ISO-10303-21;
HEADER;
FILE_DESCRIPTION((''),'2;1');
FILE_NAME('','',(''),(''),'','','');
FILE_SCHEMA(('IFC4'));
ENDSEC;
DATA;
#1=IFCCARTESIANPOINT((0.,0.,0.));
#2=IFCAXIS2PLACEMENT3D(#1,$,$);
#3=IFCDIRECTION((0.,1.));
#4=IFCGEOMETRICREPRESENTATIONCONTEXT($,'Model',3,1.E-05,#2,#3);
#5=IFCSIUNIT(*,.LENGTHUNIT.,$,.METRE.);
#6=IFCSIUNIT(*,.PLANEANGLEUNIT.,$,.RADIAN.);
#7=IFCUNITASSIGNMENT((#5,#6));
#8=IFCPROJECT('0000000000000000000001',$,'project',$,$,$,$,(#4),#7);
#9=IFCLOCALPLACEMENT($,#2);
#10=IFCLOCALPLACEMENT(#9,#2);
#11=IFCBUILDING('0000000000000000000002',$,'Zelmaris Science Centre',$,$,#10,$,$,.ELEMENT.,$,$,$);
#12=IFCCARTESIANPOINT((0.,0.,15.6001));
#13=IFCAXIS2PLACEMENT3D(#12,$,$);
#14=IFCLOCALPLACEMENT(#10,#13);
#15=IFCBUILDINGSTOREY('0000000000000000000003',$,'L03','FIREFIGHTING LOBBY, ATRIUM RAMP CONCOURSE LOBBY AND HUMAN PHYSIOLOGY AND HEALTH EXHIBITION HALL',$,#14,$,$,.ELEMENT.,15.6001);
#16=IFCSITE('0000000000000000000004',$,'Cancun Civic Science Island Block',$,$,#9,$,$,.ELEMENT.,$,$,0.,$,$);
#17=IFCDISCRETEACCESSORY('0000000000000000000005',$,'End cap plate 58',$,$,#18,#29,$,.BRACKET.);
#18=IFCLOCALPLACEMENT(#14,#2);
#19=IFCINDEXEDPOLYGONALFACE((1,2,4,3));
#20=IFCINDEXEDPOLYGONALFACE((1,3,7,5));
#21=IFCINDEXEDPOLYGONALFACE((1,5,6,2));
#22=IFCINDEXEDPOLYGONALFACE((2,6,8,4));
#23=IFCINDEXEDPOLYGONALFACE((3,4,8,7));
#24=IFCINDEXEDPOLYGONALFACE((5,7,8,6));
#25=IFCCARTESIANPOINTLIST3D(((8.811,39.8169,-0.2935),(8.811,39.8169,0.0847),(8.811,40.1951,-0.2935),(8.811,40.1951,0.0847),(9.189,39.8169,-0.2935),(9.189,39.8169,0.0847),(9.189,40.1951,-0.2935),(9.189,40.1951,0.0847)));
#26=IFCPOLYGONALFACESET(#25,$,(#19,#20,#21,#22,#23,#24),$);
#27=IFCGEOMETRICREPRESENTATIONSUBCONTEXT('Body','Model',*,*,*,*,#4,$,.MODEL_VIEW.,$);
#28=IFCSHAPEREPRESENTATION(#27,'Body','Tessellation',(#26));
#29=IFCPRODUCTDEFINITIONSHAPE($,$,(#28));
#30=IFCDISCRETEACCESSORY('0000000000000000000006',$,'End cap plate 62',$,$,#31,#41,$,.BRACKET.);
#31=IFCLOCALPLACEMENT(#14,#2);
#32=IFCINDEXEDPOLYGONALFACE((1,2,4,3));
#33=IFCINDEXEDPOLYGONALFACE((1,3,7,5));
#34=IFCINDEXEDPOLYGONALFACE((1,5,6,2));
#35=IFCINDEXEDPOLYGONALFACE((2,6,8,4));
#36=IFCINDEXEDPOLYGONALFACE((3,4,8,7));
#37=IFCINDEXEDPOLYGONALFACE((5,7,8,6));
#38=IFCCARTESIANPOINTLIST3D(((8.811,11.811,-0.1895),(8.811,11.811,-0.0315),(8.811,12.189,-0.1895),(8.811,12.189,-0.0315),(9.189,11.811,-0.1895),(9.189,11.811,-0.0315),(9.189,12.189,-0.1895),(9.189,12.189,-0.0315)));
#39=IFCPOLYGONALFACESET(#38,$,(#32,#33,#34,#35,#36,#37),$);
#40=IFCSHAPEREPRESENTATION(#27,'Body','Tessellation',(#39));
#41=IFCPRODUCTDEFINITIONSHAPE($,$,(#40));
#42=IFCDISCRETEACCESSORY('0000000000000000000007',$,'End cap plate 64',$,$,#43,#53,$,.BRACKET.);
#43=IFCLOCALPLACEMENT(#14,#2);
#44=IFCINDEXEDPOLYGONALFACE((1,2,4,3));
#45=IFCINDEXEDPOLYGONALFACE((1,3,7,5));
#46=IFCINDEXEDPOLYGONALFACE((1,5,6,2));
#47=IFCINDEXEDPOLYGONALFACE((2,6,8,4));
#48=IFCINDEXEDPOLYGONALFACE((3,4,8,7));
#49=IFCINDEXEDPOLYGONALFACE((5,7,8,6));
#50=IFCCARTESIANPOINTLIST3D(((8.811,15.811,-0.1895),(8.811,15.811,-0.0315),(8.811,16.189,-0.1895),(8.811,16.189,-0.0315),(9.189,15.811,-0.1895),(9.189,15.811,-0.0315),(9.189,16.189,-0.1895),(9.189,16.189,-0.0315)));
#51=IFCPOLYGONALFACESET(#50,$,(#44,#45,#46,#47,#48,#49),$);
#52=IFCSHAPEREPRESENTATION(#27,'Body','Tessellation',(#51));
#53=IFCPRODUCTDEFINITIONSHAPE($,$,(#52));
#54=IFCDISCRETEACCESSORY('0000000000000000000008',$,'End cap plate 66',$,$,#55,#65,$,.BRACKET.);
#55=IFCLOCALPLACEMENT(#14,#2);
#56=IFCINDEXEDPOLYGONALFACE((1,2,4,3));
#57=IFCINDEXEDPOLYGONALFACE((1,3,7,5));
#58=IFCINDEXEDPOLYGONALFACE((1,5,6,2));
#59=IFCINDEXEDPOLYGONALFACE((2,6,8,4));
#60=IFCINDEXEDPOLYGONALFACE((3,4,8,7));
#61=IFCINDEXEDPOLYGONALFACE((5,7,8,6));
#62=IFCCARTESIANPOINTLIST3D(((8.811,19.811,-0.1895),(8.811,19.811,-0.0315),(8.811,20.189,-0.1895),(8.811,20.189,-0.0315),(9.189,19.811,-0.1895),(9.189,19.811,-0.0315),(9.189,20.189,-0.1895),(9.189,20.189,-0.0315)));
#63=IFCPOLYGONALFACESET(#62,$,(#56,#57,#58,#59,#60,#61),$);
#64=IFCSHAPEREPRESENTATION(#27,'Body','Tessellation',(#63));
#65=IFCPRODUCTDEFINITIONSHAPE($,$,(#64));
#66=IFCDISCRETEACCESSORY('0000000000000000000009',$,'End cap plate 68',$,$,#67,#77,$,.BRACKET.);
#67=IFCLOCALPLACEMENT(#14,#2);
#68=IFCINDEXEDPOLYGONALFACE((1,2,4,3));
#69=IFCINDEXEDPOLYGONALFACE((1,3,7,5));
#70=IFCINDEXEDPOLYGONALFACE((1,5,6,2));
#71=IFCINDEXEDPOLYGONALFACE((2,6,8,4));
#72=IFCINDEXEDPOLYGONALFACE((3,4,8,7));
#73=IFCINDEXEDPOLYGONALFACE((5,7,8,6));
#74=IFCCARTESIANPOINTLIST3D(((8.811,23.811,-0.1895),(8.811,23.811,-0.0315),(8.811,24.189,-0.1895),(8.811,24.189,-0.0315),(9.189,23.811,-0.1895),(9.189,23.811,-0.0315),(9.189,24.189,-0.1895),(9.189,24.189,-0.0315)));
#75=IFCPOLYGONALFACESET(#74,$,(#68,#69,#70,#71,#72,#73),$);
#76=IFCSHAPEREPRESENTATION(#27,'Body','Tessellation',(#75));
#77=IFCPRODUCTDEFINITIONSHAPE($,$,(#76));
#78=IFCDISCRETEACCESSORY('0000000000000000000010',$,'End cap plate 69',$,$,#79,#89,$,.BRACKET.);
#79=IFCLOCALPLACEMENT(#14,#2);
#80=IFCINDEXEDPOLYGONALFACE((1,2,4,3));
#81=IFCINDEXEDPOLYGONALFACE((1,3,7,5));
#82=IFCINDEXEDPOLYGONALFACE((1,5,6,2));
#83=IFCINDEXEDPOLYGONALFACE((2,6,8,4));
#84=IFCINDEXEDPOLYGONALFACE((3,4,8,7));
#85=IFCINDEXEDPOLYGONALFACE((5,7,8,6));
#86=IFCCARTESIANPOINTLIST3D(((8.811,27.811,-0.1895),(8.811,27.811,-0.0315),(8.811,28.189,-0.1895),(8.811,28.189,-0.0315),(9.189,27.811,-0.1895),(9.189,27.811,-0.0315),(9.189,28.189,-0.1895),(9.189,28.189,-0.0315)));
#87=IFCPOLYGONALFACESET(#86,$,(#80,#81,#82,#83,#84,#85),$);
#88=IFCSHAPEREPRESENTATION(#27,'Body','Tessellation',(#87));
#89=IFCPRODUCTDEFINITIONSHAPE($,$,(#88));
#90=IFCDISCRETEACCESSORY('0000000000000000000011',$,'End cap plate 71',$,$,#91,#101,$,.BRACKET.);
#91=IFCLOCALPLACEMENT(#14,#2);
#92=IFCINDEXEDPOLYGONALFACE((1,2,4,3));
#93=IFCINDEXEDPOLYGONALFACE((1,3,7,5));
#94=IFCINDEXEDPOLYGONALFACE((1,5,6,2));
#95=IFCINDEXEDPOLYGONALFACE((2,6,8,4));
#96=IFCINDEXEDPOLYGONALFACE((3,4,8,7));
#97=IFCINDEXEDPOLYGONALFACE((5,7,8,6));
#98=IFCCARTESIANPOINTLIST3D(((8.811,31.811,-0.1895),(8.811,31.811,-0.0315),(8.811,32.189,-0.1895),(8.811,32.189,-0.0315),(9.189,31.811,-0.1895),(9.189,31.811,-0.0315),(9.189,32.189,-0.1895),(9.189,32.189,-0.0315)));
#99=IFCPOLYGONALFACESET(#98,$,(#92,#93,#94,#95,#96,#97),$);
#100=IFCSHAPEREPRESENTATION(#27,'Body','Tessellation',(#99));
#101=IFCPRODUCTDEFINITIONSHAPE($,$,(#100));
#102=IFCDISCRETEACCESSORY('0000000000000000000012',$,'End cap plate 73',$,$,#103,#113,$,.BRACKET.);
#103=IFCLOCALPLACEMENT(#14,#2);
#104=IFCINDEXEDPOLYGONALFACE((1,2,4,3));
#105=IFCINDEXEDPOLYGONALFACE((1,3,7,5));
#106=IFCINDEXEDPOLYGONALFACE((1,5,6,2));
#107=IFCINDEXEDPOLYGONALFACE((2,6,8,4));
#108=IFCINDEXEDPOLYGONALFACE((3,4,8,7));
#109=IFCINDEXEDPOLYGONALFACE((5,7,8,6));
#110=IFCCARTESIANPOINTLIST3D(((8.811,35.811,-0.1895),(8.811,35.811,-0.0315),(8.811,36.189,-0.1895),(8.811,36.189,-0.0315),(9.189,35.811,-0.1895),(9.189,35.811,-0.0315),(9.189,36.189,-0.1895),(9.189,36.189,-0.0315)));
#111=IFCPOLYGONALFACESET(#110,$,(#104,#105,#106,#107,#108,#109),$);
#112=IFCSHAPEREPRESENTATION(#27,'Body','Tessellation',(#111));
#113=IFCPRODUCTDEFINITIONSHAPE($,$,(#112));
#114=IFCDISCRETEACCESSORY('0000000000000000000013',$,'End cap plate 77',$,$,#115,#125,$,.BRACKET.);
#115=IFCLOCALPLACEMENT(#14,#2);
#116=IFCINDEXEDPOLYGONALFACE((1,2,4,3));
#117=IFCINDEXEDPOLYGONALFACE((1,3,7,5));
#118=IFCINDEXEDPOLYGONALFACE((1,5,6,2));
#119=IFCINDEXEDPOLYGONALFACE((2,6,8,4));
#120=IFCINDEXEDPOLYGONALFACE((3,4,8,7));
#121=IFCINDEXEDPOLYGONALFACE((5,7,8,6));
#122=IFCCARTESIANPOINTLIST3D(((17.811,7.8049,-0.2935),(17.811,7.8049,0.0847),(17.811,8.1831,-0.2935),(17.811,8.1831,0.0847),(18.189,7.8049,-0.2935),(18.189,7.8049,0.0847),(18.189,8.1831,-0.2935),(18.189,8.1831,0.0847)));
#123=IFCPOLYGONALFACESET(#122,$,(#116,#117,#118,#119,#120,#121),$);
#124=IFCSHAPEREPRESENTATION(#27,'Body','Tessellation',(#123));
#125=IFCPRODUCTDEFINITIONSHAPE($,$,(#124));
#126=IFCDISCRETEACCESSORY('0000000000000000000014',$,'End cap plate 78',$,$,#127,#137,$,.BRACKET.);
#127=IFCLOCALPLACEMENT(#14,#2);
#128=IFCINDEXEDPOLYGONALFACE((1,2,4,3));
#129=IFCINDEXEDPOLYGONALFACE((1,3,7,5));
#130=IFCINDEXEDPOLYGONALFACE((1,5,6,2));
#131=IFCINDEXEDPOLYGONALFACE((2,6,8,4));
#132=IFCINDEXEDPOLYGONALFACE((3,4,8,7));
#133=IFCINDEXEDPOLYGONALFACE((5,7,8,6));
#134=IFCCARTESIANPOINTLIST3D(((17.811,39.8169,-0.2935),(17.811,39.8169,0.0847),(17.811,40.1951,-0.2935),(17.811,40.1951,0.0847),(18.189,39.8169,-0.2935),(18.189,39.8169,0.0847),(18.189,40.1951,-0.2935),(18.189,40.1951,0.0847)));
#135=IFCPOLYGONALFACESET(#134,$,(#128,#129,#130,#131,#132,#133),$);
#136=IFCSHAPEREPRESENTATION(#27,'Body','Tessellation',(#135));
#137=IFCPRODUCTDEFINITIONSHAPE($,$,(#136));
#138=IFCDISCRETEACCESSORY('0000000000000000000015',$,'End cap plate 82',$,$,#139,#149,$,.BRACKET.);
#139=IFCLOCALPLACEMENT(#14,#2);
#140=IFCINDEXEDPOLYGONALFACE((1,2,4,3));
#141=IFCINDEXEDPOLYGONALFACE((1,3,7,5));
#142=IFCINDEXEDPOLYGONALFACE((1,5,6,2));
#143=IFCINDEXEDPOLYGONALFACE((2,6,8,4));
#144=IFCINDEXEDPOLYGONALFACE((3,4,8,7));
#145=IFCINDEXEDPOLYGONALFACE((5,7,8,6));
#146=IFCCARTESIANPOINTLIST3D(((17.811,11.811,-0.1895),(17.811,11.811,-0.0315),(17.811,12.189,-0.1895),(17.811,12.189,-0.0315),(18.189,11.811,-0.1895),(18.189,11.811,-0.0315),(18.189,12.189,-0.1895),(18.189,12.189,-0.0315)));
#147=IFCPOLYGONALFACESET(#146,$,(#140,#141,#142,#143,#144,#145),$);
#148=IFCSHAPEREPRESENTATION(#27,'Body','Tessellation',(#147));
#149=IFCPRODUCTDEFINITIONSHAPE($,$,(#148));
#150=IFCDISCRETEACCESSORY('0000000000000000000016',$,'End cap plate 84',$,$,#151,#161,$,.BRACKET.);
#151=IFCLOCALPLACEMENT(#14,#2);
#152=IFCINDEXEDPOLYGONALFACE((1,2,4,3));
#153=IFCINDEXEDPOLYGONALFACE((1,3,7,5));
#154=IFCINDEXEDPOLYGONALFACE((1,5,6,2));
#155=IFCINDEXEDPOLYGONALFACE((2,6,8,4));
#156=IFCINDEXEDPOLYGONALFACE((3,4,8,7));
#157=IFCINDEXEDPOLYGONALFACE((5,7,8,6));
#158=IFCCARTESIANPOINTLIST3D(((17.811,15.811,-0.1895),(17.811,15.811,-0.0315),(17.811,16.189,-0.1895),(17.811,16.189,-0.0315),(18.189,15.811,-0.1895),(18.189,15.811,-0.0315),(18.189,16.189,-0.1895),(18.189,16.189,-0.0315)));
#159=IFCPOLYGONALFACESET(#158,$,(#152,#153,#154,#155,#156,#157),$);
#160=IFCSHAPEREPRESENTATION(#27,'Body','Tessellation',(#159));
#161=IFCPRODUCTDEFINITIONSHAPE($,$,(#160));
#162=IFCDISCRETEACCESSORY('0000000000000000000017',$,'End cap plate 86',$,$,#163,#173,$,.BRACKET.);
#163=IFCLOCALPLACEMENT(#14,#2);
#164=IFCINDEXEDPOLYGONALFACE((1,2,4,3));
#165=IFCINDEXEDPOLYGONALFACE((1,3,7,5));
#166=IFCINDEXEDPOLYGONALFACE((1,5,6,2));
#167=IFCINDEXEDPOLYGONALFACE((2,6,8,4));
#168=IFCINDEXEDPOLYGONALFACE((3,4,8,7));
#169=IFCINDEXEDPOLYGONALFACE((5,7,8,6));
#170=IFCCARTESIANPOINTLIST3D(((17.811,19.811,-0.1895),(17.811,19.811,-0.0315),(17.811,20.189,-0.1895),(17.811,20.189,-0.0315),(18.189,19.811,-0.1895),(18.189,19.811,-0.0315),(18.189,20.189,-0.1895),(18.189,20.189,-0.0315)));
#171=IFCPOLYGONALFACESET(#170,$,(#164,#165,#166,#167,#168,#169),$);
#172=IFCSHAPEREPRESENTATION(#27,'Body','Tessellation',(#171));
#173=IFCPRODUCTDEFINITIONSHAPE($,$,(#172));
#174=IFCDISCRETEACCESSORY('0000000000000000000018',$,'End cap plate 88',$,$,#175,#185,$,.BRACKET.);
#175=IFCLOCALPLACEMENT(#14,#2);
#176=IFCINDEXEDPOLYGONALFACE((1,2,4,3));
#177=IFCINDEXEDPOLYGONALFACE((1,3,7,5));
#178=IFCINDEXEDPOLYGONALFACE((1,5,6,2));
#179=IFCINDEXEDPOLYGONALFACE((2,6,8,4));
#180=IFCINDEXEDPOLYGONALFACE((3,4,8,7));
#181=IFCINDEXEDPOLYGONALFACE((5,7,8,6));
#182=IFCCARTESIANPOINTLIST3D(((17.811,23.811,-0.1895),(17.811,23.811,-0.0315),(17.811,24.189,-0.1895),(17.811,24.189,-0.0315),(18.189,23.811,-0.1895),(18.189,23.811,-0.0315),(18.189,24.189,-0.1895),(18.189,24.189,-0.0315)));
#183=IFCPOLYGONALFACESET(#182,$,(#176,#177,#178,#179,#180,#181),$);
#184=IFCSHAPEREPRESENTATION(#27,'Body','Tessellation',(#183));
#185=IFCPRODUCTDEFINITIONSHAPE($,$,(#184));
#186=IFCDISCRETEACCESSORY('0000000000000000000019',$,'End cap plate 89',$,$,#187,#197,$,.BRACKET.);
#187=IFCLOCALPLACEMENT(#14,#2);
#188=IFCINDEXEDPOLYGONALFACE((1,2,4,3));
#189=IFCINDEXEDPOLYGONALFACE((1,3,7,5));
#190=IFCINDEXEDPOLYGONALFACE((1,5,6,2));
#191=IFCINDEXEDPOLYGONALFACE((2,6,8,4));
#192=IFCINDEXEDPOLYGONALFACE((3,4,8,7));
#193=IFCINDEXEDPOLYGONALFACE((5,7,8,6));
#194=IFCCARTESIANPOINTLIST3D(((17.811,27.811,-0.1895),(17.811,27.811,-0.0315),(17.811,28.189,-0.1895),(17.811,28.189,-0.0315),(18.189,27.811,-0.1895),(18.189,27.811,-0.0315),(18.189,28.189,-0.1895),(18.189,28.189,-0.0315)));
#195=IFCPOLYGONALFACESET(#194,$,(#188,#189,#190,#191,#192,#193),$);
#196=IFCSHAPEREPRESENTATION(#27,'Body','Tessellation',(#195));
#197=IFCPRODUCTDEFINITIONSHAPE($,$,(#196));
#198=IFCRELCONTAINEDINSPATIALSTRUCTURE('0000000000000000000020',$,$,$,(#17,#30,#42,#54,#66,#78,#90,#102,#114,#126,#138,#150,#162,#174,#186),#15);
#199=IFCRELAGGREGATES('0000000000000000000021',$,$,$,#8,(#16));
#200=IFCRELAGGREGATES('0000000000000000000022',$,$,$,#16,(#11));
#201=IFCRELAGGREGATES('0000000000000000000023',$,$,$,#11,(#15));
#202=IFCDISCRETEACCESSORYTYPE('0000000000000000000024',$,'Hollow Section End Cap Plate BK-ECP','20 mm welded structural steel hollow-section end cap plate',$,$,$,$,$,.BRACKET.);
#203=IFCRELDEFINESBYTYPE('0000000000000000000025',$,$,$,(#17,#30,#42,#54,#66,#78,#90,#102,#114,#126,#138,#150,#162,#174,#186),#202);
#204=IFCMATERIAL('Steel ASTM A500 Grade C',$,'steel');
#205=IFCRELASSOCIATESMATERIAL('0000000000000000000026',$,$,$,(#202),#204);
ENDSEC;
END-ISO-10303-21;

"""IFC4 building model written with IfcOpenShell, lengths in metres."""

from ifc_helpers import new_model, si_unit, direction, frame, origin, place, context, subcontext, project, spatial, polyline, outline, extrude, material, type_object, element, save


model = new_model("IFC4")

# Units and contexts
model_context = context("Model", 3, precision=1e-05, world=origin(), true_north=direction((0.0, 1.0)))
body_context = subcontext(model_context, "Body", "Model", "MODEL_VIEW")
ifc_project = project(units=[si_unit("LENGTHUNIT", "METRE"), si_unit("PLANEANGLEUNIT", "RADIAN")], contexts=[model_context])

# Site, building, storey
site_placement = place(None, origin())
site = spatial("IfcSite", under=ifc_project, at=site_placement, Name="Cancun Civic Science Island Block", CompositionType="ELEMENT", RefElevation=0.0)
building_placement = place(site_placement, origin())
building = spatial("IfcBuilding", under=site, at=building_placement, Name="Zelmaris Science Centre", CompositionType="ELEMENT")
storey_placement = place(building_placement, frame((0.0, 0.0, 15.6001)))
storey = spatial("IfcBuildingStorey", under=building, at=storey_placement, Name="L03", Description="FIREFIGHTING LOBBY, ATRIUM RAMP CONCOURSE LOBBY AND HUMAN PHYSIOLOGY AND HEALTH EXHIBITION HALL", CompositionType="ELEMENT", Elevation=15.6001)

# Discrete accessories
ifc_material_1 = material(Name="Steel ASTM A500 Grade C", Category="steel")
discrete_accessory_type = type_object("IfcDiscreteAccessoryType", Name="Hollow Section End Cap Plate BK-ECP", Description="20 mm welded structural steel hollow-section end cap plate", PredefinedType="BRACKET", material=ifc_material_1)
discrete_accessory_1_placement = place(storey_placement, frame((0.0, 0.0, -0.2935)))
element("IfcDiscreteAccessory", 1, at=discrete_accessory_1_placement, inside=storey, type_object=discrete_accessory_type, Name="End cap plate 58", PredefinedType="BRACKET", context=body_context, shape_type="SweptSolid", body=[
    extrude(outline(polyline([(8.811, 39.8169), (9.189, 39.8169), (9.189, 40.1951), (8.811, 40.1951), (8.811, 39.8169)])), origin(), (0.0, 0.0, 1.0), 0.3782),
])
discrete_accessory_2_placement = place(storey_placement, frame((0.0, 0.0, -0.1895)))
element("IfcDiscreteAccessory", 2, at=discrete_accessory_2_placement, inside=storey, type_object=discrete_accessory_type, Name="End cap plate 62", PredefinedType="BRACKET", context=body_context, shape_type="SweptSolid", body=[
    extrude(outline(polyline([(8.811, 11.811), (9.189, 11.811), (9.189, 12.189), (8.811, 12.189), (8.811, 11.811)])), origin(), (0.0, 0.0, 1.0), 0.158),
])
discrete_accessory_3_placement = place(storey_placement, frame((0.0, 0.0, -0.1895)))
element("IfcDiscreteAccessory", 3, at=discrete_accessory_3_placement, inside=storey, type_object=discrete_accessory_type, Name="End cap plate 64", PredefinedType="BRACKET", context=body_context, shape_type="SweptSolid", body=[
    extrude(outline(polyline([(8.811, 15.811), (9.189, 15.811), (9.189, 16.189), (8.811, 16.189), (8.811, 15.811)])), origin(), (0.0, 0.0, 1.0), 0.158),
])
discrete_accessory_4_placement = place(storey_placement, frame((0.0, 0.0, -0.1895)))
element("IfcDiscreteAccessory", 4, at=discrete_accessory_4_placement, inside=storey, type_object=discrete_accessory_type, Name="End cap plate 66", PredefinedType="BRACKET", context=body_context, shape_type="SweptSolid", body=[
    extrude(outline(polyline([(8.811, 19.811), (9.189, 19.811), (9.189, 20.189), (8.811, 20.189), (8.811, 19.811)])), origin(), (0.0, 0.0, 1.0), 0.158),
])
discrete_accessory_5_placement = place(storey_placement, frame((0.0, 0.0, -0.1895)))
element("IfcDiscreteAccessory", 5, at=discrete_accessory_5_placement, inside=storey, type_object=discrete_accessory_type, Name="End cap plate 68", PredefinedType="BRACKET", context=body_context, shape_type="SweptSolid", body=[
    extrude(outline(polyline([(8.811, 23.811), (9.189, 23.811), (9.189, 24.189), (8.811, 24.189), (8.811, 23.811)])), origin(), (0.0, 0.0, 1.0), 0.158),
])
discrete_accessory_6_placement = place(storey_placement, frame((0.0, 0.0, -0.1895)))
element("IfcDiscreteAccessory", 6, at=discrete_accessory_6_placement, inside=storey, type_object=discrete_accessory_type, Name="End cap plate 69", PredefinedType="BRACKET", context=body_context, shape_type="SweptSolid", body=[
    extrude(outline(polyline([(8.811, 27.811), (9.189, 27.811), (9.189, 28.189), (8.811, 28.189), (8.811, 27.811)])), origin(), (0.0, 0.0, 1.0), 0.158),
])
discrete_accessory_7_placement = place(storey_placement, frame((0.0, 0.0, -0.1895)))
element("IfcDiscreteAccessory", 7, at=discrete_accessory_7_placement, inside=storey, type_object=discrete_accessory_type, Name="End cap plate 71", PredefinedType="BRACKET", context=body_context, shape_type="SweptSolid", body=[
    extrude(outline(polyline([(8.811, 31.811), (9.189, 31.811), (9.189, 32.189), (8.811, 32.189), (8.811, 31.811)])), origin(), (0.0, 0.0, 1.0), 0.158),
])
discrete_accessory_8_placement = place(storey_placement, frame((0.0, 0.0, -0.1895)))
element("IfcDiscreteAccessory", 8, at=discrete_accessory_8_placement, inside=storey, type_object=discrete_accessory_type, Name="End cap plate 73", PredefinedType="BRACKET", context=body_context, shape_type="SweptSolid", body=[
    extrude(outline(polyline([(8.811, 35.811), (9.189, 35.811), (9.189, 36.189), (8.811, 36.189), (8.811, 35.811)])), origin(), (0.0, 0.0, 1.0), 0.158),
])
discrete_accessory_9_placement = place(storey_placement, frame((0.0, 0.0, -0.2935)))
element("IfcDiscreteAccessory", 9, at=discrete_accessory_9_placement, inside=storey, type_object=discrete_accessory_type, Name="End cap plate 77", PredefinedType="BRACKET", context=body_context, shape_type="SweptSolid", body=[
    extrude(outline(polyline([(17.811, 7.8049), (18.189, 7.8049), (18.189, 8.1831), (17.811, 8.1831), (17.811, 7.8049)])), origin(), (0.0, 0.0, 1.0), 0.3782),
])
discrete_accessory_10_placement = place(storey_placement, frame((0.0, 0.0, -0.2935)))
element("IfcDiscreteAccessory", 10, at=discrete_accessory_10_placement, inside=storey, type_object=discrete_accessory_type, Name="End cap plate 78", PredefinedType="BRACKET", context=body_context, shape_type="SweptSolid", body=[
    extrude(outline(polyline([(17.811, 39.8169), (18.189, 39.8169), (18.189, 40.1951), (17.811, 40.1951), (17.811, 39.8169)])), origin(), (0.0, 0.0, 1.0), 0.3782),
])
discrete_accessory_11_placement = place(storey_placement, frame((0.0, 0.0, -0.1895)))
element("IfcDiscreteAccessory", 11, at=discrete_accessory_11_placement, inside=storey, type_object=discrete_accessory_type, Name="End cap plate 82", PredefinedType="BRACKET", context=body_context, shape_type="SweptSolid", body=[
    extrude(outline(polyline([(17.811, 11.811), (18.189, 11.811), (18.189, 12.189), (17.811, 12.189), (17.811, 11.811)])), origin(), (0.0, 0.0, 1.0), 0.158),
])
discrete_accessory_12_placement = place(storey_placement, frame((0.0, 0.0, -0.1895)))
element("IfcDiscreteAccessory", 12, at=discrete_accessory_12_placement, inside=storey, type_object=discrete_accessory_type, Name="End cap plate 84", PredefinedType="BRACKET", context=body_context, shape_type="SweptSolid", body=[
    extrude(outline(polyline([(17.811, 15.811), (18.189, 15.811), (18.189, 16.189), (17.811, 16.189), (17.811, 15.811)])), origin(), (0.0, 0.0, 1.0), 0.158),
])
discrete_accessory_13_placement = place(storey_placement, frame((0.0, 0.0, -0.1895)))
element("IfcDiscreteAccessory", 13, at=discrete_accessory_13_placement, inside=storey, type_object=discrete_accessory_type, Name="End cap plate 86", PredefinedType="BRACKET", context=body_context, shape_type="SweptSolid", body=[
    extrude(outline(polyline([(17.811, 19.811), (18.189, 19.811), (18.189, 20.189), (17.811, 20.189), (17.811, 19.811)])), origin(), (0.0, 0.0, 1.0), 0.158),
])
discrete_accessory_14_placement = place(storey_placement, frame((0.0, 0.0, -0.1895)))
element("IfcDiscreteAccessory", 14, at=discrete_accessory_14_placement, inside=storey, type_object=discrete_accessory_type, Name="End cap plate 88", PredefinedType="BRACKET", context=body_context, shape_type="SweptSolid", body=[
    extrude(outline(polyline([(17.811, 23.811), (18.189, 23.811), (18.189, 24.189), (17.811, 24.189), (17.811, 23.811)])), origin(), (0.0, 0.0, 1.0), 0.158),
])
discrete_accessory_15_placement = place(storey_placement, frame((0.0, 0.0, -0.1895)))
element("IfcDiscreteAccessory", 15, at=discrete_accessory_15_placement, inside=storey, type_object=discrete_accessory_type, Name="End cap plate 89", PredefinedType="BRACKET", context=body_context, shape_type="SweptSolid", body=[
    extrude(outline(polyline([(17.811, 27.811), (18.189, 27.811), (18.189, 28.189), (17.811, 28.189), (17.811, 27.811)])), origin(), (0.0, 0.0, 1.0), 0.158),
])

save(model, "model.ifc")
